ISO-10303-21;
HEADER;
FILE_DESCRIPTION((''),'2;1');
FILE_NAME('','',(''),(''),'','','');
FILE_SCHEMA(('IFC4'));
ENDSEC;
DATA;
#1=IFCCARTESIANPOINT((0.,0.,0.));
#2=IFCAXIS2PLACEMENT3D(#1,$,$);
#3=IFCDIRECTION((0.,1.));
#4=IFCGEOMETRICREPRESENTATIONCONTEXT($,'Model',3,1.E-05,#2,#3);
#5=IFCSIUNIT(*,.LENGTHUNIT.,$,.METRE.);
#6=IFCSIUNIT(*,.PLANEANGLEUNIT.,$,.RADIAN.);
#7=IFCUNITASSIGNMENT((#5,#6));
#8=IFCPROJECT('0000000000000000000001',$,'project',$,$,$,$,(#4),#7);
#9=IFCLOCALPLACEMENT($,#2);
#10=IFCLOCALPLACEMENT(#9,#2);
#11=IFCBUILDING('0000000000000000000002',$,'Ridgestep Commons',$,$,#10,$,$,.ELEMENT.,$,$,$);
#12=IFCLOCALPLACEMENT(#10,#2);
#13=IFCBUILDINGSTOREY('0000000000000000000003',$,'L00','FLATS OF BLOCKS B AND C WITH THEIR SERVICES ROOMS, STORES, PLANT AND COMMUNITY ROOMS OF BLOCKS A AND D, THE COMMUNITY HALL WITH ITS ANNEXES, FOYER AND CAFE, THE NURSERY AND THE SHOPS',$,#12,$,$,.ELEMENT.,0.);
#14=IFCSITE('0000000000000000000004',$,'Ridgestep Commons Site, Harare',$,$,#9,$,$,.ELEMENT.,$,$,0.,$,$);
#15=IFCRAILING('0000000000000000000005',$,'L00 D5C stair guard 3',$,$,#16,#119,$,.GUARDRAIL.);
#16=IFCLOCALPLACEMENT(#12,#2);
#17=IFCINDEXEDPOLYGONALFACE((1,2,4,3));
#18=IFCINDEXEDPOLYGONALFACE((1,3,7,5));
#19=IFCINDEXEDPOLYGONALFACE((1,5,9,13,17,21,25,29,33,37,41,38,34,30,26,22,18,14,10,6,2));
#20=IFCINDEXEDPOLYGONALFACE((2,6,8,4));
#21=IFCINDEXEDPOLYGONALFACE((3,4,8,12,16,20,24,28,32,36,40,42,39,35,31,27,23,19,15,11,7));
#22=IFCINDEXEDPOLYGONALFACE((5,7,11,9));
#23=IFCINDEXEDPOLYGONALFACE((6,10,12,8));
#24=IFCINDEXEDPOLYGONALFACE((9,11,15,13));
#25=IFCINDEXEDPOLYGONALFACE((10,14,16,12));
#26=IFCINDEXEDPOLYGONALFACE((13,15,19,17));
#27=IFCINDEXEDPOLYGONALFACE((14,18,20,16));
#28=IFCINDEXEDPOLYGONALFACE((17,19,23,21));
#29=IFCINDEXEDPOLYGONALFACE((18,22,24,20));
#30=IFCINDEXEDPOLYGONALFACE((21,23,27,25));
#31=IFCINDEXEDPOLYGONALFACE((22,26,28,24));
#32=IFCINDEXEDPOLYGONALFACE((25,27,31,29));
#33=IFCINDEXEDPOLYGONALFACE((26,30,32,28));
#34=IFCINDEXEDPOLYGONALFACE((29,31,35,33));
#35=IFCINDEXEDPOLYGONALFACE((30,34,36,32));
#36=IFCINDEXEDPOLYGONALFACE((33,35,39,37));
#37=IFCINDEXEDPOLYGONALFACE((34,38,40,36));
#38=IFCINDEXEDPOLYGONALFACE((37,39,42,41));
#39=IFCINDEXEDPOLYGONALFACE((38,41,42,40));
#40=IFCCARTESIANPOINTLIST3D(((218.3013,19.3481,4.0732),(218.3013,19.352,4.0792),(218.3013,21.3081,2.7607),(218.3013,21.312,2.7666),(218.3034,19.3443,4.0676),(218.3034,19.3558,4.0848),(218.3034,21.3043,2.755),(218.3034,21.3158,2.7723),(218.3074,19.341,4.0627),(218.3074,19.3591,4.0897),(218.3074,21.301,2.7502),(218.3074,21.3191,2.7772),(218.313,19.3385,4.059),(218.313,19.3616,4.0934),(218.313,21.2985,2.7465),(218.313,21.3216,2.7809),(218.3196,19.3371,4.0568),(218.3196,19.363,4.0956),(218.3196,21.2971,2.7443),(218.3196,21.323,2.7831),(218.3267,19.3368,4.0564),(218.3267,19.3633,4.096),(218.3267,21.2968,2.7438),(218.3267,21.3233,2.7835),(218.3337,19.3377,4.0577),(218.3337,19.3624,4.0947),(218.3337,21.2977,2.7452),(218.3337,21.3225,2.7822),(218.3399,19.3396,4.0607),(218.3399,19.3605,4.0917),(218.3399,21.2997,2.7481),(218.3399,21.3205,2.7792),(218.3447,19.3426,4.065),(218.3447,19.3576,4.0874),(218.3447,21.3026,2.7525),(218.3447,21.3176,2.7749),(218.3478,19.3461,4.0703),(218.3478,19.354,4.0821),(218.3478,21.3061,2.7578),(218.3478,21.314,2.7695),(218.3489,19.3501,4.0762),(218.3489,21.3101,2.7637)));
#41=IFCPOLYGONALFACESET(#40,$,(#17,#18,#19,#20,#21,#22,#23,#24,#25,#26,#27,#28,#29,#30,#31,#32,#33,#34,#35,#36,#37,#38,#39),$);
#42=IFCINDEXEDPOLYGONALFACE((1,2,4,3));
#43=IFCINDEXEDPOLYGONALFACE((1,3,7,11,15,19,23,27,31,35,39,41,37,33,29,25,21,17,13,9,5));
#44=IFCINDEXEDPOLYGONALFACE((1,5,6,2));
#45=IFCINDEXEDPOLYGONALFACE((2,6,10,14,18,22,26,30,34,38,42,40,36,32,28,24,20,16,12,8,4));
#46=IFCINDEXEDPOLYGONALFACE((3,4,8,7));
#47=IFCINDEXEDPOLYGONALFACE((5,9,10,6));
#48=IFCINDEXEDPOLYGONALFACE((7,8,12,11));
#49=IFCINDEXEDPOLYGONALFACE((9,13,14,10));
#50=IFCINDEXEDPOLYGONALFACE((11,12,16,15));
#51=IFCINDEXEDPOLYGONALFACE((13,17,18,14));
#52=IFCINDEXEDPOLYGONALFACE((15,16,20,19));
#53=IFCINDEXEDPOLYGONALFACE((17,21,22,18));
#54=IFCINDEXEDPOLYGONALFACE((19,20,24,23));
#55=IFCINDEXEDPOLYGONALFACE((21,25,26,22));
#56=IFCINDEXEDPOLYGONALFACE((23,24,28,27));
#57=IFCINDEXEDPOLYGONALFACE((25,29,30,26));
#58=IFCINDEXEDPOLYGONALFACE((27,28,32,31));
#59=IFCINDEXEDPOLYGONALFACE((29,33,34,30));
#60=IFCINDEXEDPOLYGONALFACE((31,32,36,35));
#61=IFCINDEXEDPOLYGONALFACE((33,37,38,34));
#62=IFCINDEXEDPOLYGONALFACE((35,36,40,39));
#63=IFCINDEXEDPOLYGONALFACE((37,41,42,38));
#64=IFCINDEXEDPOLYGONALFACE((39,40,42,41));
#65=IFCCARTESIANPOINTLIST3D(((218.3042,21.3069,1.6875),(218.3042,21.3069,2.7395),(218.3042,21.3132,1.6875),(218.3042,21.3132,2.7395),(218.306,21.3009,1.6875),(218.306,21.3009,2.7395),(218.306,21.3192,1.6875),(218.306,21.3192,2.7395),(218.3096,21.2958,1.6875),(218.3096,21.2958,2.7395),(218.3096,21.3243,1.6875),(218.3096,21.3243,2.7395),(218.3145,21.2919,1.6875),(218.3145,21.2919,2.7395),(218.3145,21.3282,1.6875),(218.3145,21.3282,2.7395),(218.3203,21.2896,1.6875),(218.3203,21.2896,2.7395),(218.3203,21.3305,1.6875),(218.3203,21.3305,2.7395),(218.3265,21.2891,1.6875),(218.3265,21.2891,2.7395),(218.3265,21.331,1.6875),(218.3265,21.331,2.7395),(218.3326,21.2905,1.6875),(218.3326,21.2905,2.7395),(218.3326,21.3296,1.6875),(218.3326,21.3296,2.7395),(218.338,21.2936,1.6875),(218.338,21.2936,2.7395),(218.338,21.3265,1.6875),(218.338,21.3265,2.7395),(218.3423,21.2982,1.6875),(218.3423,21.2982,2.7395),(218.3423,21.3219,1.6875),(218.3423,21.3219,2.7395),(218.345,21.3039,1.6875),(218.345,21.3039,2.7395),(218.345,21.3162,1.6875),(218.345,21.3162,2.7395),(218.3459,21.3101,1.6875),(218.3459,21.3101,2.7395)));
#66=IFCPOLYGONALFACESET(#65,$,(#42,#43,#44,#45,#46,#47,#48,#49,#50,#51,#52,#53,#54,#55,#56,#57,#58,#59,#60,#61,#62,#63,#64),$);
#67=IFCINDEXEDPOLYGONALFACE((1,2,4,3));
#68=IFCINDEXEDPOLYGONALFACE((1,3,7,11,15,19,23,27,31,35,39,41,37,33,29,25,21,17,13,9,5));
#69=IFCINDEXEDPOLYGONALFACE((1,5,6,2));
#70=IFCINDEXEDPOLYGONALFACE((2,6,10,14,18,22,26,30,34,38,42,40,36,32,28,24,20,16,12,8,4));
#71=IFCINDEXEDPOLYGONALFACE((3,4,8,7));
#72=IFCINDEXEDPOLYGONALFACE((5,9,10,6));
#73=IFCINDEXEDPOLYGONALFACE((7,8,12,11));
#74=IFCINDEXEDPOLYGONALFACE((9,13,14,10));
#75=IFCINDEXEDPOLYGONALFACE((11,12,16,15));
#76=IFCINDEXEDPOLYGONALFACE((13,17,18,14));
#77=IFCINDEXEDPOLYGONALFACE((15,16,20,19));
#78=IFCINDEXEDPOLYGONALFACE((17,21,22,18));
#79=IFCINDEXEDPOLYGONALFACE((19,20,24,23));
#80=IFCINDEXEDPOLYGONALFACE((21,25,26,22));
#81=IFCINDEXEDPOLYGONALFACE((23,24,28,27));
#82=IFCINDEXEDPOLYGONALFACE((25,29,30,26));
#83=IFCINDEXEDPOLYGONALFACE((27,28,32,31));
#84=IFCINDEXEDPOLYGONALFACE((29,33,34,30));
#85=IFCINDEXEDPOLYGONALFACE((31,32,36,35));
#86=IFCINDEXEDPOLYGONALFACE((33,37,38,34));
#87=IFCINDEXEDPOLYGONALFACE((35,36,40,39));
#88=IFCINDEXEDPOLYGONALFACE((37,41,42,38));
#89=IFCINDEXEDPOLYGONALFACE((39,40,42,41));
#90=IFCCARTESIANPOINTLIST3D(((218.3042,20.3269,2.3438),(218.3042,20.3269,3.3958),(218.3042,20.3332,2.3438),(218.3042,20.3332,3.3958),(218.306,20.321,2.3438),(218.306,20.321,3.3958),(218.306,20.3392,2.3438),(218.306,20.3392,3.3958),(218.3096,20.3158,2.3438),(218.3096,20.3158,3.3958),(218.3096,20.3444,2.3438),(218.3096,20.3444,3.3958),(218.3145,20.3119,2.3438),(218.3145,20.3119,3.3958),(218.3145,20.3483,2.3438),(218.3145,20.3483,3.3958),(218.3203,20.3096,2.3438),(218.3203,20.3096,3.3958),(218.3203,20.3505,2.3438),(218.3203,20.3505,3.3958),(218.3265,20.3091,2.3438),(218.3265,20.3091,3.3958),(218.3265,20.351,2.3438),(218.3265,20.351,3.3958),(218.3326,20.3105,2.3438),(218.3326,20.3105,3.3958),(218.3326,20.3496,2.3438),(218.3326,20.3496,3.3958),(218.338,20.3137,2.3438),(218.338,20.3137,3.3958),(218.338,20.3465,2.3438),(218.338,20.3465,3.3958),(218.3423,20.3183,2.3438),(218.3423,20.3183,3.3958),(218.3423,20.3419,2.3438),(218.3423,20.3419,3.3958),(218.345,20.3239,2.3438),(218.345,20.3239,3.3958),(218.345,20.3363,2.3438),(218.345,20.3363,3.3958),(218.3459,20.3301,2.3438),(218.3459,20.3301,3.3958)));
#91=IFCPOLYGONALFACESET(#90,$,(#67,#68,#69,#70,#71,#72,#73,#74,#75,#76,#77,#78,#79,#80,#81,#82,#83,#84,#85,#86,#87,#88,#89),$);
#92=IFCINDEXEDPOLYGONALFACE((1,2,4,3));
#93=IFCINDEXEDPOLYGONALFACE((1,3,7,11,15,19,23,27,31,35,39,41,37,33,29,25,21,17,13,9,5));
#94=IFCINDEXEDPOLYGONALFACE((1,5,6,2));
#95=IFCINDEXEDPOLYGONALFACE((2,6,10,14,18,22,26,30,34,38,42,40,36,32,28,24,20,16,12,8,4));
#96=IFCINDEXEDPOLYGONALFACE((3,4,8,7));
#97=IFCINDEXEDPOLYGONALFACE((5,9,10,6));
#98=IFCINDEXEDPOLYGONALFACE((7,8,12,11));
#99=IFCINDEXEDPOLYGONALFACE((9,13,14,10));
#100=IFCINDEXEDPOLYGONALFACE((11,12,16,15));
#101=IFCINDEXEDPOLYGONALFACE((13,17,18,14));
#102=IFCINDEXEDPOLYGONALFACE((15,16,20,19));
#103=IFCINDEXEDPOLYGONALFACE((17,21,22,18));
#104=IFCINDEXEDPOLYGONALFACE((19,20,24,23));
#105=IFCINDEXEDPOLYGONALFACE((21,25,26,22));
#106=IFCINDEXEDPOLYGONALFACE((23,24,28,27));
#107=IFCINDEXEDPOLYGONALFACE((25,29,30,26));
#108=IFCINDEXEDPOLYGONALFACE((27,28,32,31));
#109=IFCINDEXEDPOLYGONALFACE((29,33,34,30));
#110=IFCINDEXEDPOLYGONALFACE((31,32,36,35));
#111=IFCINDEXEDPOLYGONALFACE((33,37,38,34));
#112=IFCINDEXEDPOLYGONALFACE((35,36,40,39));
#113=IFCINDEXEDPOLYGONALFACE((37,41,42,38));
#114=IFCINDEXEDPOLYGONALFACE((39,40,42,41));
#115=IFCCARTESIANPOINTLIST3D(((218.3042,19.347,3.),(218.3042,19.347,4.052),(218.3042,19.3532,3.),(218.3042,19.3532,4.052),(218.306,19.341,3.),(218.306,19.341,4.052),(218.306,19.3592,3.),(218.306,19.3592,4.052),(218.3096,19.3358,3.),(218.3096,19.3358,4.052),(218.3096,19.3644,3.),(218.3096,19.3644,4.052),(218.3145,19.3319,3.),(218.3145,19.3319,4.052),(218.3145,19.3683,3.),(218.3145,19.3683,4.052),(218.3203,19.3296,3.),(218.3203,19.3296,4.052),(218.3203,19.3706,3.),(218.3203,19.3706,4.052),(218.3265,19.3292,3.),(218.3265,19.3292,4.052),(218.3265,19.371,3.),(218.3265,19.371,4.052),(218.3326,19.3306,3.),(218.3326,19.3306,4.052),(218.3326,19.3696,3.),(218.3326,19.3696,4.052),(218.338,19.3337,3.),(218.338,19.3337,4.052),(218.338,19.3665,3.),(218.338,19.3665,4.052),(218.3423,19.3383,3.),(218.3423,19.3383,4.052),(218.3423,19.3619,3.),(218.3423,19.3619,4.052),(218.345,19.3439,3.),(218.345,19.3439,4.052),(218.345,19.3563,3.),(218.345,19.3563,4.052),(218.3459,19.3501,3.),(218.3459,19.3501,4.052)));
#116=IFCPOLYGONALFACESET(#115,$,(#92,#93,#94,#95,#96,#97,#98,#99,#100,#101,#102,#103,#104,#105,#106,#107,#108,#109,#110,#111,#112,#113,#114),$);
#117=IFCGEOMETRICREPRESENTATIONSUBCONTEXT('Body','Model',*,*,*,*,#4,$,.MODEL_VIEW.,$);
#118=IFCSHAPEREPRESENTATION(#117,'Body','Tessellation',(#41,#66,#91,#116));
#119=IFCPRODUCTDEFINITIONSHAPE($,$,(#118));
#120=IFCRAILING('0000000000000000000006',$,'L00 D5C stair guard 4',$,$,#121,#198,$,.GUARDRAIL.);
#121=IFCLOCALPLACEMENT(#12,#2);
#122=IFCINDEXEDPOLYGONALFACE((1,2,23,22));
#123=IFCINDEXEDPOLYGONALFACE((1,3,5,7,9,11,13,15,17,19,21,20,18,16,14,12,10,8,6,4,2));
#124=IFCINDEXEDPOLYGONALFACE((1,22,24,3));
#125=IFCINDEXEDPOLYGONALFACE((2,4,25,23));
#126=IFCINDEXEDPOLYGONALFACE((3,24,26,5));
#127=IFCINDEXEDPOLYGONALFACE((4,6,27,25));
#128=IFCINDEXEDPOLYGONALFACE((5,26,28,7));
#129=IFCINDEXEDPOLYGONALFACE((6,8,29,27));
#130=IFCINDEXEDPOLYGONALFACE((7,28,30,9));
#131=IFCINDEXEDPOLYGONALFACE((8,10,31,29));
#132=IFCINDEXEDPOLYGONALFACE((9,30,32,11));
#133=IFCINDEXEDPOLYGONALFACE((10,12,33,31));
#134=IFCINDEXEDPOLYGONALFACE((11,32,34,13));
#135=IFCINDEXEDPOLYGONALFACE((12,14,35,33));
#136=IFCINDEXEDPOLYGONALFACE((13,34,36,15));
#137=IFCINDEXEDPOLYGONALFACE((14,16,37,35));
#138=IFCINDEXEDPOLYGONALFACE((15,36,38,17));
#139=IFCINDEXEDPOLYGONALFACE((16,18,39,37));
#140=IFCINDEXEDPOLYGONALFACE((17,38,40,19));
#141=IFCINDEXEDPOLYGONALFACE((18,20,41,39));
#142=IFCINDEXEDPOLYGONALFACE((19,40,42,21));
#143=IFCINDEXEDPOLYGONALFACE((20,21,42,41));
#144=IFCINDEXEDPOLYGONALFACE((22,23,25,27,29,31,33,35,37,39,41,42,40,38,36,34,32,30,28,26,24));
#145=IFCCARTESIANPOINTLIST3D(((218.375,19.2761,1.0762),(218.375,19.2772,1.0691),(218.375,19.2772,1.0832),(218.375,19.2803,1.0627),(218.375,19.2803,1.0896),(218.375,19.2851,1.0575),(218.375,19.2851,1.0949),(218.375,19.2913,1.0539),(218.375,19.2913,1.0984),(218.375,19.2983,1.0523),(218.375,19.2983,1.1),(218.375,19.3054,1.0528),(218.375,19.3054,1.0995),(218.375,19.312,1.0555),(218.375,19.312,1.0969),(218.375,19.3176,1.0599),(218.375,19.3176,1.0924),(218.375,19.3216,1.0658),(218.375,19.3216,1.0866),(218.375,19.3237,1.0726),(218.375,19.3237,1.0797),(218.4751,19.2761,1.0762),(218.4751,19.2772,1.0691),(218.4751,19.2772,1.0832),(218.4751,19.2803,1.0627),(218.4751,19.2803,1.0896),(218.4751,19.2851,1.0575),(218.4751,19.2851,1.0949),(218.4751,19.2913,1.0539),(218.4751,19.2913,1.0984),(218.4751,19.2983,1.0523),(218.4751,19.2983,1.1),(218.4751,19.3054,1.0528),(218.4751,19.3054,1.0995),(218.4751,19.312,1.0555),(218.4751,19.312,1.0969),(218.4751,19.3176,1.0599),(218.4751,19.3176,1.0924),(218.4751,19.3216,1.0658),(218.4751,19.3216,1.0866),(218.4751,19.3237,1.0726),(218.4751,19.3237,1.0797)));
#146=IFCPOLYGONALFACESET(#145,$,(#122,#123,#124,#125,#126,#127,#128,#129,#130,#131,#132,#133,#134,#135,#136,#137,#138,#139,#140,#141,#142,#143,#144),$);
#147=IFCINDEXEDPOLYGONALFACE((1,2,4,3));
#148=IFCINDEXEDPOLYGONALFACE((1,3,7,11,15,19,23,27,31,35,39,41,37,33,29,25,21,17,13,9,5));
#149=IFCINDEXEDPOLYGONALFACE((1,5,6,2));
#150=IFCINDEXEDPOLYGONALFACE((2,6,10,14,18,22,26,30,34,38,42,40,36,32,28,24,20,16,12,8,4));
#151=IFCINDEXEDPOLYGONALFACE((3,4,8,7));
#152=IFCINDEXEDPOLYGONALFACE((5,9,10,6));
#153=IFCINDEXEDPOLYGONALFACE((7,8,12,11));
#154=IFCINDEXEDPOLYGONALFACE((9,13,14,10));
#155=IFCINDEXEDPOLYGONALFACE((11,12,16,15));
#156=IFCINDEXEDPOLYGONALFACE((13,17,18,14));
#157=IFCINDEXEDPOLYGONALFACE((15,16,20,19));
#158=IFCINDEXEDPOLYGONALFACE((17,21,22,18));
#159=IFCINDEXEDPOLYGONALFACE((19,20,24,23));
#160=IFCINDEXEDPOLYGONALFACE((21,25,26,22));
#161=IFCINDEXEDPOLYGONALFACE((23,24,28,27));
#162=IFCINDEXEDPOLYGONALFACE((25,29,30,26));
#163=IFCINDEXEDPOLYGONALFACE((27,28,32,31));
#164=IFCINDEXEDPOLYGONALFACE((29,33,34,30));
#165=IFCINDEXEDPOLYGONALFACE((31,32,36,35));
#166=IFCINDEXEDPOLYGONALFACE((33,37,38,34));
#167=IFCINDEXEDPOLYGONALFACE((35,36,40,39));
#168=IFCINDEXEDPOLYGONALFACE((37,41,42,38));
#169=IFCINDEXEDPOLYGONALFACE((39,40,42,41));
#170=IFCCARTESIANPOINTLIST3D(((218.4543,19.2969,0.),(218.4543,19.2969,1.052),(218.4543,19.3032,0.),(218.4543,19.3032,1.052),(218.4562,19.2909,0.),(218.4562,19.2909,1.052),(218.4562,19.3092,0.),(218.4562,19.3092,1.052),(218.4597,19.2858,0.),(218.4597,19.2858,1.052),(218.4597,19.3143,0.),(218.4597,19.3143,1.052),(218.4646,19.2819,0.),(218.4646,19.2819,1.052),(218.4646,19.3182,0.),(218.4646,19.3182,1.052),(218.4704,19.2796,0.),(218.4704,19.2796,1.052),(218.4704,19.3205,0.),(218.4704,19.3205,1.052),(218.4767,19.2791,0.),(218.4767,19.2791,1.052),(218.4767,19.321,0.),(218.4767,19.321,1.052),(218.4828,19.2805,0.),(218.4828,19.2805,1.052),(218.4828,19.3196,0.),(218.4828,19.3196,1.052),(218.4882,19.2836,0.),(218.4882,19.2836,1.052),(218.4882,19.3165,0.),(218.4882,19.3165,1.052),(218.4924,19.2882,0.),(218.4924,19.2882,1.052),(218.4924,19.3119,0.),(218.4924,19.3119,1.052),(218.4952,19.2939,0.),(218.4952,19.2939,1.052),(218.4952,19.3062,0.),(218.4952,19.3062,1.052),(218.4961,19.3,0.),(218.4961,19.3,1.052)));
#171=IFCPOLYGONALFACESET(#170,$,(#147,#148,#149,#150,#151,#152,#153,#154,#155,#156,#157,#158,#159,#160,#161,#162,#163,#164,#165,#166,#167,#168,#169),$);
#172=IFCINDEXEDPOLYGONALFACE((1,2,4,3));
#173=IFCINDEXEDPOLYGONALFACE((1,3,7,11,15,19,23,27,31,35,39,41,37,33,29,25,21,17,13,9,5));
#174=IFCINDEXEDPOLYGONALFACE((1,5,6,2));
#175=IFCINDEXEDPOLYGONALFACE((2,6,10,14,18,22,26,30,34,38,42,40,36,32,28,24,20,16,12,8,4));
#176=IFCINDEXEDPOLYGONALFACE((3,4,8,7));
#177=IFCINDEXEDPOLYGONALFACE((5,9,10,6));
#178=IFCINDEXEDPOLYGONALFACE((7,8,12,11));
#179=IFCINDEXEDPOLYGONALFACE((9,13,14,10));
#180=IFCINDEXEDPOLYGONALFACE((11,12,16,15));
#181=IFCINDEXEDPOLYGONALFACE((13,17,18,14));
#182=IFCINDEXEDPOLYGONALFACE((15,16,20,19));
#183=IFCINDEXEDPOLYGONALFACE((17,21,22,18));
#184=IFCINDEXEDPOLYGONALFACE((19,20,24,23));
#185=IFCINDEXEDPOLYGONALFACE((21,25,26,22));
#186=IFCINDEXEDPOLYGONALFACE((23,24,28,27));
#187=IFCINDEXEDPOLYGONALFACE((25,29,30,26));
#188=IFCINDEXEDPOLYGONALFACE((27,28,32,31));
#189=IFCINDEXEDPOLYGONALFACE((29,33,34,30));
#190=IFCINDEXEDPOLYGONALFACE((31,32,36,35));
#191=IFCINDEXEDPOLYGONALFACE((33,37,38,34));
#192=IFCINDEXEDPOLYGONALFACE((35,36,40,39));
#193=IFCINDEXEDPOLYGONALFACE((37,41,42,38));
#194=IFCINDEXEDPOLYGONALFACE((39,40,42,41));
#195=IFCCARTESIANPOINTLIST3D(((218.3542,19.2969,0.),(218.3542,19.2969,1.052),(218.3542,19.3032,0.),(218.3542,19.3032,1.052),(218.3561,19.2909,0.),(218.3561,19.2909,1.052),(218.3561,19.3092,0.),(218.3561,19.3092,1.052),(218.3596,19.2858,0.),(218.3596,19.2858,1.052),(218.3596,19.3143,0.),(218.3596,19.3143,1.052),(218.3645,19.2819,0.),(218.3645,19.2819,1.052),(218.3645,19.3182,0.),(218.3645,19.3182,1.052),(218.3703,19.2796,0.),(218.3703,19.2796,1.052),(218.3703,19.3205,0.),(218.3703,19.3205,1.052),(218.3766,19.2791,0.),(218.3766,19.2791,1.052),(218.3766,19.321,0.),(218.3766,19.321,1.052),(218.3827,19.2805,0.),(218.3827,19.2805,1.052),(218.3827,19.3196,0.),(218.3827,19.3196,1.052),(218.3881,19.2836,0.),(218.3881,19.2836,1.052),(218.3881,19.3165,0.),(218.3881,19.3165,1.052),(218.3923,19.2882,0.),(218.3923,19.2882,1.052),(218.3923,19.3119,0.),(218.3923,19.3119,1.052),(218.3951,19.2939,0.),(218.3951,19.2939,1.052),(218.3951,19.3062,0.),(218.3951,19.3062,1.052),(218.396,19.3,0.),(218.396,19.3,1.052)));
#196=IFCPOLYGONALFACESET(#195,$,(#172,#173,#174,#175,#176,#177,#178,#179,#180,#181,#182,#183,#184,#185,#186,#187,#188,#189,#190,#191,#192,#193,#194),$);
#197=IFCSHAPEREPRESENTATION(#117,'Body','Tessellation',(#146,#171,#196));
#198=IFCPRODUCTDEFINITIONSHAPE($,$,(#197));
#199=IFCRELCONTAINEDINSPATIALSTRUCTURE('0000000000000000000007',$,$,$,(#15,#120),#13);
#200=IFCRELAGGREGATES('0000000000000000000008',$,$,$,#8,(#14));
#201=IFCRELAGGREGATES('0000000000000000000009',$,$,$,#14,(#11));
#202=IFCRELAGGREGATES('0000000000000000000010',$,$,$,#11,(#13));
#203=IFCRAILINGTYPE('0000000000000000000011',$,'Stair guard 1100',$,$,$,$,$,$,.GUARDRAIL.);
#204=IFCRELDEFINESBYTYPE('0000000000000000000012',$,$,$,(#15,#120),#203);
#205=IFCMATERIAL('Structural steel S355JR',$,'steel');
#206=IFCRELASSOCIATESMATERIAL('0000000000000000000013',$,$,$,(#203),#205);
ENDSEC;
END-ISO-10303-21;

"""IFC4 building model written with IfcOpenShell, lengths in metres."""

from ifc_helpers import new_model, si_unit, direction, frame, origin, origin_2d, place, context, subcontext, project, spatial, circle, extrude, material, type_object, element, save


model = new_model("IFC4")

# Units and contexts
model_context = context("Model", 3, precision=1e-05, world=origin(), true_north=direction((0.0, 1.0)))
body_context = subcontext(model_context, "Body", "Model", "MODEL_VIEW")
ifc_project = project(units=[si_unit("LENGTHUNIT", "METRE"), si_unit("PLANEANGLEUNIT", "RADIAN")], contexts=[model_context])

# Site, building, storey
site_placement = place(None, origin())
site = spatial("IfcSite", under=ifc_project, at=site_placement, Name="Ridgestep Commons Site, Harare", CompositionType="ELEMENT", RefElevation=0.0)
building_placement = place(site_placement, origin())
building = spatial("IfcBuilding", under=site, at=building_placement, Name="Ridgestep Commons", CompositionType="ELEMENT")
storey_placement = place(building_placement, origin())
storey = spatial("IfcBuildingStorey", under=building, at=storey_placement, Name="L00", Description="FLATS OF BLOCKS B AND C WITH THEIR SERVICES ROOMS, STORES, PLANT AND COMMUNITY ROOMS OF BLOCKS A AND D, THE COMMUNITY HALL WITH ITS ANNEXES, FOYER AND CAFE, THE NURSERY AND THE SHOPS", CompositionType="ELEMENT", Elevation=0.0)

# Railings
ifc_material_1 = material(Name="Structural steel S355JR", Category="steel")
railing_type_1 = type_object("IfcRailingType", Name="Stair guard 1100", PredefinedType="GUARDRAIL", material=ifc_material_1)
railing_1_placement = place(storey_placement, frame((218.325, 21.3101, 1.6875)))
element("IfcRailing", 1, at=railing_1_placement, inside=storey, type_object=railing_type_1, Name="L00 D5C stair guard 3", PredefinedType="GUARDRAIL", context=body_context, shape_type="SweptSolid", body=[
    extrude(circle(Radius=0.0239, at=origin_2d()), frame((0.0, 0.0, 1.0762), z_axis=(0.0, -0.830902, 0.556419), x_axis=(1.0, 0.0, 0.0)), (0.0, 0.0, 1.0), 2.3589),
    extrude(circle(Radius=0.021, at=origin_2d()), origin(), (0.0, 0.0, 1.0), 1.052),
    extrude(circle(Radius=0.021, at=origin_2d()), frame((0.0, -0.98, 0.6562)), (0.0, 0.0, 1.0), 1.052),
    extrude(circle(Radius=0.021, at=origin_2d()), frame((0.0, -1.96, 1.3125)), (0.0, 0.0, 1.0), 1.052),
])
railing_2_placement = place(storey_placement, frame((218.4751, 19.3, 0.0)))
element("IfcRailing", 2, at=railing_2_placement, inside=storey, type_object=railing_type_1, Name="L00 D5C stair guard 4", PredefinedType="GUARDRAIL", context=body_context, shape_type="SweptSolid", body=[
    extrude(circle(Radius=0.0239, at=origin_2d()), frame((0.0, 0.0, 1.0762), z_axis=(-1.0, 0.0, 0.0), x_axis=(0.0, -1.0, 0.0)), (0.0, 0.0, 1.0), 0.1001),
    extrude(circle(Radius=0.021, at=origin_2d()), origin(), (0.0, 0.0, 1.0), 1.052),
    extrude(circle(Radius=0.021, at=origin_2d()), frame((-0.1001, 0.0, 0.0)), (0.0, 0.0, 1.0), 1.052),
])

save(model, "model.ifc")
